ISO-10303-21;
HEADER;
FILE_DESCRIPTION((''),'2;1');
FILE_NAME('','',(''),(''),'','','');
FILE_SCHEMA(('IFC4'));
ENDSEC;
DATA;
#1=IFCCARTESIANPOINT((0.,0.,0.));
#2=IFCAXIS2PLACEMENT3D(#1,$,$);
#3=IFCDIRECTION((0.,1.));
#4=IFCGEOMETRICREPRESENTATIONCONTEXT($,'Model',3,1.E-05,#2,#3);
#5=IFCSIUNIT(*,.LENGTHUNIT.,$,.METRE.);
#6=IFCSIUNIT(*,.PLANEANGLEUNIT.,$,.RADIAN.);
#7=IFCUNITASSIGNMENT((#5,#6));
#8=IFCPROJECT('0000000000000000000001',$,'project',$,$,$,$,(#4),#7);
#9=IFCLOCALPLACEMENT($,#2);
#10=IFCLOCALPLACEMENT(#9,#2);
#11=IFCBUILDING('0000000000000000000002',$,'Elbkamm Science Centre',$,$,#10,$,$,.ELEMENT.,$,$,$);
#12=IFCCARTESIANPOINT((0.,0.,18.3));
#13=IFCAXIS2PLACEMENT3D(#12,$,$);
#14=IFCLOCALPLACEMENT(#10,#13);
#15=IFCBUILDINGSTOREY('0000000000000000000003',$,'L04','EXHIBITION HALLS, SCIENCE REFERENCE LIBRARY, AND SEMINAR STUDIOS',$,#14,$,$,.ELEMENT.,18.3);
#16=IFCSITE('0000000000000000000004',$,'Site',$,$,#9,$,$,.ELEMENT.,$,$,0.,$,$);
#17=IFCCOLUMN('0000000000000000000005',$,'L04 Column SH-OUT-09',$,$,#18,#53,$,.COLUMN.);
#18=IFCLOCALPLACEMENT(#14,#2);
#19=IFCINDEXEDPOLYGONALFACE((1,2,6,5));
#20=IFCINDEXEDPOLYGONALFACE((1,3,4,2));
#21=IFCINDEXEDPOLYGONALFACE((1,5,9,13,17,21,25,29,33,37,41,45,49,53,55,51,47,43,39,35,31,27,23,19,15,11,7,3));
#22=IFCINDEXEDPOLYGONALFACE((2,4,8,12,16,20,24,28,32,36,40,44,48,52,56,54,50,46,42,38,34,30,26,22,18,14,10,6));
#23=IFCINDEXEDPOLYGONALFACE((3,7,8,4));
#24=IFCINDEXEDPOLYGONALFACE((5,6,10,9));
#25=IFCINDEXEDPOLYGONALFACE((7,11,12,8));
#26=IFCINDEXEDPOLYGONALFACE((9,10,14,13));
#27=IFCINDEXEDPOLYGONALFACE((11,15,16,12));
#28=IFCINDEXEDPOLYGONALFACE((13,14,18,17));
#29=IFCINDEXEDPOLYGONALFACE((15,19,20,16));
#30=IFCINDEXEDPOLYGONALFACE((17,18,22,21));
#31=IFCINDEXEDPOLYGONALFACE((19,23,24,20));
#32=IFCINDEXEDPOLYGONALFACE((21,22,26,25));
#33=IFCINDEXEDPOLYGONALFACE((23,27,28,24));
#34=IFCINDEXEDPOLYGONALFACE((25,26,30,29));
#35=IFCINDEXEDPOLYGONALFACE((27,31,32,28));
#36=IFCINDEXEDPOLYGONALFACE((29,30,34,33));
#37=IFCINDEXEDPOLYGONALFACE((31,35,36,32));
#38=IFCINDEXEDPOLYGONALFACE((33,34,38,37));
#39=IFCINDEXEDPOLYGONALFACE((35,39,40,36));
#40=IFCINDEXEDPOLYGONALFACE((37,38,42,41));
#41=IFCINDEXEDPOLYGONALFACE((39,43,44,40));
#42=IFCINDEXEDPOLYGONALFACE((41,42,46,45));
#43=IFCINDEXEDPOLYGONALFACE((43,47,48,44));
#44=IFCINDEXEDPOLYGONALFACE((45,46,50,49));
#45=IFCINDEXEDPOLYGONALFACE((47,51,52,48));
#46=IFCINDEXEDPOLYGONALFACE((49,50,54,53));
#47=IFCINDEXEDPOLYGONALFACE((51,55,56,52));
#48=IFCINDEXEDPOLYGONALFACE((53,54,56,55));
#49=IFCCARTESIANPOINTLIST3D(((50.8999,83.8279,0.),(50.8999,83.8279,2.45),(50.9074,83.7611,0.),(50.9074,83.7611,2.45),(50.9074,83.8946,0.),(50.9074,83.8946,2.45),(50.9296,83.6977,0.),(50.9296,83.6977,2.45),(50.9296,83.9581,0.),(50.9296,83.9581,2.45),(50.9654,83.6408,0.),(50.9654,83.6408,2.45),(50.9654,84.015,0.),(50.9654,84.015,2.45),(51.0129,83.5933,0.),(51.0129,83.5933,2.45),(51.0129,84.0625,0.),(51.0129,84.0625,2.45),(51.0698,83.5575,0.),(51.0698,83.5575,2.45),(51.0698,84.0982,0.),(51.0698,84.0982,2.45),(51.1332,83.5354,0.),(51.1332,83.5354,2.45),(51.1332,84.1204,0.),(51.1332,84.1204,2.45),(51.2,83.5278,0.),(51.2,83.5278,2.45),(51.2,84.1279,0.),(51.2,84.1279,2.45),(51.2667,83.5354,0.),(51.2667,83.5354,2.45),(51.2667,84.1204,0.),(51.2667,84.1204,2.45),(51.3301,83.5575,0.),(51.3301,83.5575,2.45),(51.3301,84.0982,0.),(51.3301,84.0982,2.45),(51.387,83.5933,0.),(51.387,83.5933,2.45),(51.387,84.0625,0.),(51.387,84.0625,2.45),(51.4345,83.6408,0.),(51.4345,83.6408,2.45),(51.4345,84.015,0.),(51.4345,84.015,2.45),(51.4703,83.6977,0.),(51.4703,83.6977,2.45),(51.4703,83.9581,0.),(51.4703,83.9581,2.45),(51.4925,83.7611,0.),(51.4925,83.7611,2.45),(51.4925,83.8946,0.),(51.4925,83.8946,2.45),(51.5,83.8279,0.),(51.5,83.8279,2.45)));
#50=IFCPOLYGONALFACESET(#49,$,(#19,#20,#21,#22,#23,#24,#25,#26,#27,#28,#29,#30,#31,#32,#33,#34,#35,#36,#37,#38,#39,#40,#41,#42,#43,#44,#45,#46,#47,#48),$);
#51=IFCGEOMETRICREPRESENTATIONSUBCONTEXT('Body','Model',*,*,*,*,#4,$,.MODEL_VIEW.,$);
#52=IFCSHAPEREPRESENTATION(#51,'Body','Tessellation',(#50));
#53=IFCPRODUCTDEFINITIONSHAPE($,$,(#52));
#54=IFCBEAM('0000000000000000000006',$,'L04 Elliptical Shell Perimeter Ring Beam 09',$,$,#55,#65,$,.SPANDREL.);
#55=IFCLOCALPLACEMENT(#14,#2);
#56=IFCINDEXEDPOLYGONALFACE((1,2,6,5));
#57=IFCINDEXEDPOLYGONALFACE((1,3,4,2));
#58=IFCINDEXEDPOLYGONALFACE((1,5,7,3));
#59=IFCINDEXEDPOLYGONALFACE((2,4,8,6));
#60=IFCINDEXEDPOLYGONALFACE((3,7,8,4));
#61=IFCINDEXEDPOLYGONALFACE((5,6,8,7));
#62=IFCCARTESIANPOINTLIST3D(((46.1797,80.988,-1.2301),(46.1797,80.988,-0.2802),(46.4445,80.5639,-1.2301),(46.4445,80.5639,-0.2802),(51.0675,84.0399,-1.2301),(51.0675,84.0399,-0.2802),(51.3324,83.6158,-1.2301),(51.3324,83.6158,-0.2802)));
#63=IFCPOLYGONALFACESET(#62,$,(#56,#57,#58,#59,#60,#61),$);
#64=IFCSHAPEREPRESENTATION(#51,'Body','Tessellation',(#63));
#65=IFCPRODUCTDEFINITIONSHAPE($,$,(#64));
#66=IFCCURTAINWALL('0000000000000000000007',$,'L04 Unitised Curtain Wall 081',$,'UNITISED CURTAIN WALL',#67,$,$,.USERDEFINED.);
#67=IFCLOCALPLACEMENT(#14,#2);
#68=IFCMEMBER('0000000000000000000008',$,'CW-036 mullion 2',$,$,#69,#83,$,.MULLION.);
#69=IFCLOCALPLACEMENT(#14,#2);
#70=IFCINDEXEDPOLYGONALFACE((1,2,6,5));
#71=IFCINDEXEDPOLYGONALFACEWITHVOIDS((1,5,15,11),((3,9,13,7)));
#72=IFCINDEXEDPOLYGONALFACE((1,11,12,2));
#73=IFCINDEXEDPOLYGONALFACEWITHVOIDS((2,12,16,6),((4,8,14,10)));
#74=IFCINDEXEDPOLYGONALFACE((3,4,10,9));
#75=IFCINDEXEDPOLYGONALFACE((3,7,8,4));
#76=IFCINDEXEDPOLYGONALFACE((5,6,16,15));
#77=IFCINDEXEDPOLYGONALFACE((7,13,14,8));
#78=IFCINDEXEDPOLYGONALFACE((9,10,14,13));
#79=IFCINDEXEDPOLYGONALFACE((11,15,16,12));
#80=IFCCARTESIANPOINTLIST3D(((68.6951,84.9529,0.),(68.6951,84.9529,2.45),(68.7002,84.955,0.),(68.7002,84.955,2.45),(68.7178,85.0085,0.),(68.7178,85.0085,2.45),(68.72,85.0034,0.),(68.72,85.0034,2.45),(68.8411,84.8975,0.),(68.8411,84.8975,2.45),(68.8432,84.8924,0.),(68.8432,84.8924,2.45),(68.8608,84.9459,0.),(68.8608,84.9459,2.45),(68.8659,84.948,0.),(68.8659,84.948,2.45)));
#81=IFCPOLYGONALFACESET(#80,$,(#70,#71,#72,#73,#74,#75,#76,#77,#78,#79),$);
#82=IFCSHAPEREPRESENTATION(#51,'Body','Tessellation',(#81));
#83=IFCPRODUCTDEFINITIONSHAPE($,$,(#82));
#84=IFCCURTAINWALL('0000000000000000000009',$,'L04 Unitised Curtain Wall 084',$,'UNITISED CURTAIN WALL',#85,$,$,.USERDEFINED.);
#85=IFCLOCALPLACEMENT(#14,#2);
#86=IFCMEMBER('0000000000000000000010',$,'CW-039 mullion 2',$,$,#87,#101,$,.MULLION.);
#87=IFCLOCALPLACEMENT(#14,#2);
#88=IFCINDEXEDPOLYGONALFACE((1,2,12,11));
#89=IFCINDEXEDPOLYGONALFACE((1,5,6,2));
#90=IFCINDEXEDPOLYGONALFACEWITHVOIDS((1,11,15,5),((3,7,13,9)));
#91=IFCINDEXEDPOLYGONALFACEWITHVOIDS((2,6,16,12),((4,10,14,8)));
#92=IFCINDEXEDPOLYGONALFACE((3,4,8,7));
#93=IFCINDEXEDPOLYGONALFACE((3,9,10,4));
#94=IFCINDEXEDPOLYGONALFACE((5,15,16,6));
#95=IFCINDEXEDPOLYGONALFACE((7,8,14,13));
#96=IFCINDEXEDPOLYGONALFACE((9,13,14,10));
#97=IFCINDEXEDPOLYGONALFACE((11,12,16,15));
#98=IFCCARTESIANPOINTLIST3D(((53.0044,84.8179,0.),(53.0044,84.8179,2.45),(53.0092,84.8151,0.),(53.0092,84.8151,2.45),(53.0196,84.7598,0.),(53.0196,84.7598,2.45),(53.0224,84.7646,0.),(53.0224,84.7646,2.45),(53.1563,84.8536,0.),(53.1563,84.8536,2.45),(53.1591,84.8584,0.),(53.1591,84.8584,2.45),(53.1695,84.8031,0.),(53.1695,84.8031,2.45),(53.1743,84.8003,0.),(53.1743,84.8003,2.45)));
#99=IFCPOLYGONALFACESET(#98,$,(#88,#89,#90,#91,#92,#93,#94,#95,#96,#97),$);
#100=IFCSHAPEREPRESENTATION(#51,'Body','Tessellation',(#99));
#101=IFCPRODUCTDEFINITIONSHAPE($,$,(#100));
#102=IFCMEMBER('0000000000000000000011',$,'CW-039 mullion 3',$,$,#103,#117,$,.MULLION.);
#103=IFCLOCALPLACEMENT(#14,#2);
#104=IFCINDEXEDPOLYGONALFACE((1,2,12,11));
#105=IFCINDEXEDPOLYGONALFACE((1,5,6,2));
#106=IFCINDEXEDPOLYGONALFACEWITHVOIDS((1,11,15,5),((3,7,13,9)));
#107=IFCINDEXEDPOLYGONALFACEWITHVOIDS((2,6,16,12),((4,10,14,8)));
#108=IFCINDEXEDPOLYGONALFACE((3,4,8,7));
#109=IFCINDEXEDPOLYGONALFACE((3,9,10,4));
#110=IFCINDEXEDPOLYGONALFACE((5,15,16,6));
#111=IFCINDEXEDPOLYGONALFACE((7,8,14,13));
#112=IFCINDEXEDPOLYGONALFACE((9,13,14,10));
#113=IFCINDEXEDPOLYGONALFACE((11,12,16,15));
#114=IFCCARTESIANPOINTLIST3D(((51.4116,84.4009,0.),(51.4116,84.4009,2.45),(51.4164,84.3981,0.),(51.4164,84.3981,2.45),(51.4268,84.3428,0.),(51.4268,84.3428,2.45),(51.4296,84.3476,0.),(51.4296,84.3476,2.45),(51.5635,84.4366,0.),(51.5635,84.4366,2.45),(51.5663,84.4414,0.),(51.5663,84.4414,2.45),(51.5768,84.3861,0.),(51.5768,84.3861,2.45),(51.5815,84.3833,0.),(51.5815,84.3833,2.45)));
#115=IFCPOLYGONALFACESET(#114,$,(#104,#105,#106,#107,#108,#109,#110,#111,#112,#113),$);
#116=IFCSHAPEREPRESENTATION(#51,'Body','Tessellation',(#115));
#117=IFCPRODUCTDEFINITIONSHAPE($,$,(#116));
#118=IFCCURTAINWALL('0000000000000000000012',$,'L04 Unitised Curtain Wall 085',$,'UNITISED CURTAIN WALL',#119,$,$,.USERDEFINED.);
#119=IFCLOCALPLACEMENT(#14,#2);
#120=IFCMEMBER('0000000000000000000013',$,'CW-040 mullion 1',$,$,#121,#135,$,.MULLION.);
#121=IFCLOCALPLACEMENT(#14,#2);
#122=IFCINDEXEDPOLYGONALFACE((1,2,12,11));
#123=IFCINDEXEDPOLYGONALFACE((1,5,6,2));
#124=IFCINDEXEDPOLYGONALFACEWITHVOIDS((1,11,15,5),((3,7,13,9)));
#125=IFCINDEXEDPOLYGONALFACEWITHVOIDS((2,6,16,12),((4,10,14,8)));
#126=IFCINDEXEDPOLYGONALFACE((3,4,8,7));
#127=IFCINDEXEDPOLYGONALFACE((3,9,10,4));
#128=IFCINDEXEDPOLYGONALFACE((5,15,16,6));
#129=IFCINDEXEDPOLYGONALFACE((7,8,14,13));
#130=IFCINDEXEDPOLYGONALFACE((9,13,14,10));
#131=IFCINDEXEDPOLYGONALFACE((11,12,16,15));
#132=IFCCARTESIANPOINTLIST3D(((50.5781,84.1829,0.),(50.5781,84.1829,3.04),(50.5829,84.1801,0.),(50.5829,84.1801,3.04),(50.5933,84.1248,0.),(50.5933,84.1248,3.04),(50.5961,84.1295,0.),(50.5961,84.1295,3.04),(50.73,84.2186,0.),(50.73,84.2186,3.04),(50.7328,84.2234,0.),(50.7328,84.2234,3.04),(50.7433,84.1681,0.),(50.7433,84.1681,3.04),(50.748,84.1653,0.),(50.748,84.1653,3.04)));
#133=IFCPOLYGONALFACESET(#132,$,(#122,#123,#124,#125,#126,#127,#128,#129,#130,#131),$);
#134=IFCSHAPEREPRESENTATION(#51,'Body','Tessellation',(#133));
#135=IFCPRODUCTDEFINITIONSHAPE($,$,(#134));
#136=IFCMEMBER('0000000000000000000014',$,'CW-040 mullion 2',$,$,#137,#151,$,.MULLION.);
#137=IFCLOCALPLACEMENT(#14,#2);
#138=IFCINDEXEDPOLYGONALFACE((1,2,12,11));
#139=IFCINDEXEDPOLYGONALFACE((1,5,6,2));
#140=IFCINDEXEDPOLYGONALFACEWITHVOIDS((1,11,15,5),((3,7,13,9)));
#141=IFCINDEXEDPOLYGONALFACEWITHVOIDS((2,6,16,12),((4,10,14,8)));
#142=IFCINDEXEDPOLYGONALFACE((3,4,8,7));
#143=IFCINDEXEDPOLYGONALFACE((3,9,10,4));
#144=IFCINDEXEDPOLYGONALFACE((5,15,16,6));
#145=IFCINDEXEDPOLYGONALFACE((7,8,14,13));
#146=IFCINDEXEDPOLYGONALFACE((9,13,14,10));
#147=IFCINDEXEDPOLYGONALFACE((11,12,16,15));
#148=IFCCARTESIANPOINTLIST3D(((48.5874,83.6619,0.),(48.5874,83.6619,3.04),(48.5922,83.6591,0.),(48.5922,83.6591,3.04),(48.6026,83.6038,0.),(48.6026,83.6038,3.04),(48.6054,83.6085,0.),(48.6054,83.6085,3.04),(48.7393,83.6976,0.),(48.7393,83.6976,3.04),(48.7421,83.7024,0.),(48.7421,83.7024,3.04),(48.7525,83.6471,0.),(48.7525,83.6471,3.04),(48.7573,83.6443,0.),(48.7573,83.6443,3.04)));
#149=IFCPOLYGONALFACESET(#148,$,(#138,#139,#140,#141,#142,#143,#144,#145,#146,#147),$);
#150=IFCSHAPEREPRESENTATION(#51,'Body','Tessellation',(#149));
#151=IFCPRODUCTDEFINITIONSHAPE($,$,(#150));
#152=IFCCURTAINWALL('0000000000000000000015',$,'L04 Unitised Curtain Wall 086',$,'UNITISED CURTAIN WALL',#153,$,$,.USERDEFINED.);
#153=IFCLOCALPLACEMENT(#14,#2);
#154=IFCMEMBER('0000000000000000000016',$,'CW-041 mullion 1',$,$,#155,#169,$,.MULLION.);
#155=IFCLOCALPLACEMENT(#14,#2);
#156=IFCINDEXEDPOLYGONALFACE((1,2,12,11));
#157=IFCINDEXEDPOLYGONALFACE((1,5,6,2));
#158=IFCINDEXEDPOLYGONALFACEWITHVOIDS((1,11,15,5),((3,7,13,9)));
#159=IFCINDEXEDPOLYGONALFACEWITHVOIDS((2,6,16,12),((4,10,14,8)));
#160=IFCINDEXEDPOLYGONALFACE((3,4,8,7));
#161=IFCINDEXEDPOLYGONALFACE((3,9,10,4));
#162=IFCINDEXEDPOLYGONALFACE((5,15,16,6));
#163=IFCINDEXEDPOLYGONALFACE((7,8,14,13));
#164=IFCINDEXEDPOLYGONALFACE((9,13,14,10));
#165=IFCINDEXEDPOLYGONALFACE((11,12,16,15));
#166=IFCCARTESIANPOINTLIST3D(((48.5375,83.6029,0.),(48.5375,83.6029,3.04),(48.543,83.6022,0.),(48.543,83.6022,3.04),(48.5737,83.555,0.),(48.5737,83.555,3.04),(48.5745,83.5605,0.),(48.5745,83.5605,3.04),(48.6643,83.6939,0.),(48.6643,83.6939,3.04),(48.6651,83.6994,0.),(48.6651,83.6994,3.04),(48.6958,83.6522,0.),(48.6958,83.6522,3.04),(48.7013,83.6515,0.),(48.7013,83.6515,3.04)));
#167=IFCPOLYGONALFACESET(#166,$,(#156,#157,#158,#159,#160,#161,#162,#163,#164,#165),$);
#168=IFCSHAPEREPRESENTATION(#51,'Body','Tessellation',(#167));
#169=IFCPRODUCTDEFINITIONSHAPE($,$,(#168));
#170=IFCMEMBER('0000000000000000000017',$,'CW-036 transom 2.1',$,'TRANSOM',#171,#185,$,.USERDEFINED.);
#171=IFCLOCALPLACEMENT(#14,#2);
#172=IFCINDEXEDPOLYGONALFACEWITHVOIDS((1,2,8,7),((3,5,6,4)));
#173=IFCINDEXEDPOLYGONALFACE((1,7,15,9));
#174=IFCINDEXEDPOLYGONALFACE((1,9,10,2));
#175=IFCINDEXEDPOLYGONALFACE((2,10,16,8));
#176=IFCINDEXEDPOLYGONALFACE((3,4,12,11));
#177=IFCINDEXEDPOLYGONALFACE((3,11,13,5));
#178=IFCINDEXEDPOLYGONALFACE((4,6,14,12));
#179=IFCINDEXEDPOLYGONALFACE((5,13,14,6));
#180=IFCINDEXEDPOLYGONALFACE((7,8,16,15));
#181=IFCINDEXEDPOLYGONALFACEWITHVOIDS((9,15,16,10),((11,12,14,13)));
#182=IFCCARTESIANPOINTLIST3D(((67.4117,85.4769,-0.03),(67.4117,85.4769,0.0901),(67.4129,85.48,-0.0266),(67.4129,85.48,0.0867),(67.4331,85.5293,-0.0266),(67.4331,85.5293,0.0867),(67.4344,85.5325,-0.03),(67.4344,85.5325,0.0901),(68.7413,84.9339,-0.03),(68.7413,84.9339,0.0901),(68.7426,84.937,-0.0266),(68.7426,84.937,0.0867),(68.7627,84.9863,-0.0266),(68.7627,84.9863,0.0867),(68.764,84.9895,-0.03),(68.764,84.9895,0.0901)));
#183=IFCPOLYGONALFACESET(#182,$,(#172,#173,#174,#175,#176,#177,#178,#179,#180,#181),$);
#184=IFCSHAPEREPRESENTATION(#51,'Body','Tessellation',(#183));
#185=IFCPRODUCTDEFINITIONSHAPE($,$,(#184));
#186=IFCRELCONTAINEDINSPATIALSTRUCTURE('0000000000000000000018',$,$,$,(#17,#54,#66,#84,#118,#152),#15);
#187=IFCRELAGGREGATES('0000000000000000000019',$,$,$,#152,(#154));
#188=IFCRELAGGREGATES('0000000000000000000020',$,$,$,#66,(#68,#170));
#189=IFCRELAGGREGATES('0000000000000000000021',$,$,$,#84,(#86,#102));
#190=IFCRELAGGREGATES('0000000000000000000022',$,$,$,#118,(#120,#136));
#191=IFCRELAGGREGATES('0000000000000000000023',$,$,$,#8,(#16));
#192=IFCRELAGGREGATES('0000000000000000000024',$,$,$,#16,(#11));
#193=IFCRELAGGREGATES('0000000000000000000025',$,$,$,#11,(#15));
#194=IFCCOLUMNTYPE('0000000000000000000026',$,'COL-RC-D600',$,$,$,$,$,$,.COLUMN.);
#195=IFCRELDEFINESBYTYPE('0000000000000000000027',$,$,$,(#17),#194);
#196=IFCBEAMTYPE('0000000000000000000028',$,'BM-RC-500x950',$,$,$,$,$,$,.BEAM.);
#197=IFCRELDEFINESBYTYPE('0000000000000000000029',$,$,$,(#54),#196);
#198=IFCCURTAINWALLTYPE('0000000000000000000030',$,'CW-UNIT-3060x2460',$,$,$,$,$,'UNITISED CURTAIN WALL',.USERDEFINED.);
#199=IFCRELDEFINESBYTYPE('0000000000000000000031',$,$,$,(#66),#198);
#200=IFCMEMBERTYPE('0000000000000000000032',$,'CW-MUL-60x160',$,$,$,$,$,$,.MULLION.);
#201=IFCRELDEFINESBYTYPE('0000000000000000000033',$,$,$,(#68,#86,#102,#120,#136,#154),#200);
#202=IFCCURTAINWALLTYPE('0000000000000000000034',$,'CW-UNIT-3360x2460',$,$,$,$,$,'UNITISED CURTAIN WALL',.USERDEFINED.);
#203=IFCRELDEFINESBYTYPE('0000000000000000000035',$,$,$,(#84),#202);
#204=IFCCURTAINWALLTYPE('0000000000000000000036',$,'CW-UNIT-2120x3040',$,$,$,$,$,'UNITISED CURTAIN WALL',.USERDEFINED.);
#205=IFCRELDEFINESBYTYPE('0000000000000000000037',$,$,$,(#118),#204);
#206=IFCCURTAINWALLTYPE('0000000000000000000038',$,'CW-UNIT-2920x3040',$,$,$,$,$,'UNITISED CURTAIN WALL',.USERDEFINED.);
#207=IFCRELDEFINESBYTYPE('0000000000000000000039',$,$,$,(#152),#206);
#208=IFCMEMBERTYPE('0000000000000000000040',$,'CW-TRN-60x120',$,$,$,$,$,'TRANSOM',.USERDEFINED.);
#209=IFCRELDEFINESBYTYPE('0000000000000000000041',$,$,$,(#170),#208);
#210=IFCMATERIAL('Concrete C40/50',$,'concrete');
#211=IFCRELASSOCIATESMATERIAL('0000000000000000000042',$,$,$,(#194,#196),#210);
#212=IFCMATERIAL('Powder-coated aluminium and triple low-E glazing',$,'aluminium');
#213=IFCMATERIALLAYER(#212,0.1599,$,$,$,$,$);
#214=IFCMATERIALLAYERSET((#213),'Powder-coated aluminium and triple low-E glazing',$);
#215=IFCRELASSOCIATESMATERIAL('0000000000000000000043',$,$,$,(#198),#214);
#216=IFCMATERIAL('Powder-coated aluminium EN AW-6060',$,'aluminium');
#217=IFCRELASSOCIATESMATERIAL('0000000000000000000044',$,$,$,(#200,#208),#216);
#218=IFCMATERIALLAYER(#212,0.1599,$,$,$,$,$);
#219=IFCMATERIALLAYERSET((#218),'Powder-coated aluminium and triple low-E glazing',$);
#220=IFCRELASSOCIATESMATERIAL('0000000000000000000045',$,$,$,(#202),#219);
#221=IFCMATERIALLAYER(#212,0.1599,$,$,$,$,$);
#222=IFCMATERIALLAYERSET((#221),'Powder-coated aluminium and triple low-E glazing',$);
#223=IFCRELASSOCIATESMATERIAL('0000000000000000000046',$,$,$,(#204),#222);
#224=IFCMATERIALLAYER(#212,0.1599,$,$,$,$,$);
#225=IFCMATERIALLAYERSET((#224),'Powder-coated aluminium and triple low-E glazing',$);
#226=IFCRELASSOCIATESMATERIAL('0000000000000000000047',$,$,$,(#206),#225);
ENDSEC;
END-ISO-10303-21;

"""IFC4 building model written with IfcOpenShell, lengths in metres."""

from ifc_helpers import new_model, si_unit, direction, frame, origin, origin_2d, place, context, subcontext, project, spatial, rectangle, hollow_rectangle, circle, extrude, material, layer, layer_set, material_profile, profile_set, type_object, element, aggregate, save


model = new_model("IFC4")

# Units and contexts
model_context = context("Model", 3, precision=1e-05, world=origin(), true_north=direction((0.0, 1.0)))
body_context = subcontext(model_context, "Body", "Model", "MODEL_VIEW")
ifc_project = project(units=[si_unit("LENGTHUNIT", "METRE"), si_unit("PLANEANGLEUNIT", "RADIAN")], contexts=[model_context])

# Site, building, storey
site_placement = place(None, origin())
site = spatial("IfcSite", under=ifc_project, at=site_placement, Name="Site", CompositionType="ELEMENT", RefElevation=0.0)
building_placement = place(site_placement, origin())
building = spatial("IfcBuilding", under=site, at=building_placement, Name="Elbkamm Science Centre", CompositionType="ELEMENT")
storey_placement = place(building_placement, frame((0.0, 0.0, 18.3)))
storey = spatial("IfcBuildingStorey", under=building, at=storey_placement, Name="L04", Description="EXHIBITION HALLS, SCIENCE REFERENCE LIBRARY, AND SEMINAR STUDIOS", CompositionType="ELEMENT", Elevation=18.3)

# Column
ifc_material_1 = material(Name="Concrete C40/50", Category="concrete")
ifc_material_profile_1 = material_profile(ifc_material_1, circle(Radius=0.3, at=origin_2d()), Name="RC D600")
ifc_profile_set_1 = profile_set([ifc_material_profile_1], Name="Concrete C40/50")
column_type = type_object("IfcColumnType", Name="COL-RC-D600", PredefinedType="COLUMN", material=ifc_profile_set_1)
column_placement = place(storey_placement, frame((51.2, 83.8279, 0.0), z_axis=(0.0, 0.0, 1.0), x_axis=(1.0, 0.0, 0.0)))
element("IfcColumn", 1, at=column_placement, inside=storey, type_object=column_type, Name="L04 Column SH-OUT-09", PredefinedType="COLUMN", context=body_context, shape_type="SweptSolid", body=[
    extrude(circle(Radius=0.3, at=origin_2d()), origin(), (0.0, 0.0, 1.0), 2.45),
])

# Beam
ifc_material_profile_2 = material_profile(ifc_material_1, rectangle(XDim=0.5, YDim=0.95, at=origin_2d()), Name="RC 500x950")
ifc_profile_set_2 = profile_set([ifc_material_profile_2], Name="Concrete C40/50")
beam_type = type_object("IfcBeamType", Name="BM-RC-500x950", PredefinedType="BEAM", material=ifc_profile_set_2)
beam_placement = place(storey_placement, frame((51.2, 83.8279, -0.7551), z_axis=(-0.848229, -0.529629, 0.0), x_axis=(0.529629, -0.848229, 0.0)))
element("IfcBeam", 2, at=beam_placement, inside=storey, type_object=beam_type, Name="L04 Elliptical Shell Perimeter Ring Beam 09", PredefinedType="SPANDREL", context=body_context, shape_type="SweptSolid", body=[
    extrude(rectangle(XDim=0.5, YDim=0.95, at=origin_2d()), origin(), (0.0, 0.0, 1.0), 5.7625),
])

# Curtain wall, member
ifc_material_2 = material(Name="Powder-coated aluminium and triple low-E glazing", Category="aluminium")
ifc_layer_1 = layer(ifc_material_2, 0.1599)
ifc_layer_set_1 = layer_set([ifc_layer_1], Name="Powder-coated aluminium and triple low-E glazing")
curtain_wall_type_1 = type_object("IfcCurtainWallType", Name="CW-UNIT-3060x2460", ElementType="UNITISED CURTAIN WALL", PredefinedType="USERDEFINED", material=ifc_layer_set_1)
curtain_wall_1_placement = place(storey_placement, origin())
curtain_wall_1 = element("IfcCurtainWall", 3, at=curtain_wall_1_placement, inside=storey, type_object=curtain_wall_type_1, Name="L04 Unitised Curtain Wall 081", ObjectType="UNITISED CURTAIN WALL", PredefinedType="USERDEFINED")
ifc_material_3 = material(Name="Powder-coated aluminium EN AW-6060", Category="aluminium")
ifc_material_profile_3 = material_profile(ifc_material_3, hollow_rectangle(XDim=0.0601, YDim=0.1599, WallThickness=0.0039, at=origin_2d()), Name="ALU M60x160")
ifc_profile_set_3 = profile_set([ifc_material_profile_3], Name="Powder-coated aluminium EN AW-6060")
member_type_1 = type_object("IfcMemberType", Name="CW-MUL-60x160", PredefinedType="MULLION", material=ifc_profile_set_3)
member_1_placement = place(storey_placement, frame((68.7805, 84.9504, 0.0), z_axis=(0.0, 0.0, 1.0), x_axis=(-0.378001, -0.925805, 0.0)))
member_1 = element("IfcMember", 4, at=member_1_placement, type_object=member_type_1, Name="CW-036 mullion 2", PredefinedType="MULLION", context=body_context, shape_type="SweptSolid", body=[
    extrude(hollow_rectangle(XDim=0.0601, YDim=0.1599, WallThickness=0.0039, at=origin_2d()), origin(), (0.0, 0.0, 1.0), 2.45),
])

# Curtain walls, members
ifc_layer_2 = layer(ifc_material_2, 0.1599)
ifc_layer_set_2 = layer_set([ifc_layer_2], Name="Powder-coated aluminium and triple low-E glazing")
curtain_wall_type_2 = type_object("IfcCurtainWallType", Name="CW-UNIT-3360x2460", ElementType="UNITISED CURTAIN WALL", PredefinedType="USERDEFINED", material=ifc_layer_set_2)
curtain_wall_2_placement = place(storey_placement, origin())
curtain_wall_2 = element("IfcCurtainWall", 5, at=curtain_wall_2_placement, inside=storey, type_object=curtain_wall_type_2, Name="L04 Unitised Curtain Wall 084", ObjectType="UNITISED CURTAIN WALL", PredefinedType="USERDEFINED")
member_2_placement = place(storey_placement, frame((53.0894, 84.8091, 0.0), z_axis=(0.0, 0.0, 1.0), x_axis=(0.253216, -0.96741, 0.0)))
member_2 = element("IfcMember", 6, at=member_2_placement, type_object=member_type_1, Name="CW-039 mullion 2", PredefinedType="MULLION", context=body_context, shape_type="SweptSolid", body=[
    extrude(hollow_rectangle(XDim=0.0601, YDim=0.1599, WallThickness=0.0039, at=origin_2d()), origin(), (0.0, 0.0, 1.0), 2.45),
])
member_3_placement = place(storey_placement, frame((51.4966, 84.3921, 0.0), z_axis=(0.0, 0.0, 1.0), x_axis=(0.253216, -0.96741, 0.0)))
member_3 = element("IfcMember", 7, at=member_3_placement, type_object=member_type_1, Name="CW-039 mullion 3", PredefinedType="MULLION", context=body_context, shape_type="SweptSolid", body=[
    extrude(hollow_rectangle(XDim=0.0601, YDim=0.1599, WallThickness=0.0039, at=origin_2d()), origin(), (0.0, 0.0, 1.0), 2.45),
])
ifc_layer_3 = layer(ifc_material_2, 0.1599)
ifc_layer_set_3 = layer_set([ifc_layer_3], Name="Powder-coated aluminium and triple low-E glazing")
curtain_wall_type_3 = type_object("IfcCurtainWallType", Name="CW-UNIT-2120x3040", ElementType="UNITISED CURTAIN WALL", PredefinedType="USERDEFINED", material=ifc_layer_set_3)
curtain_wall_3_placement = place(storey_placement, origin())
curtain_wall_3 = element("IfcCurtainWall", 8, at=curtain_wall_3_placement, inside=storey, type_object=curtain_wall_type_3, Name="L04 Unitised Curtain Wall 085", ObjectType="UNITISED CURTAIN WALL", PredefinedType="USERDEFINED")
member_4_placement = place(storey_placement, frame((50.6631, 84.1741, 0.0), z_axis=(0.0, 0.0, 1.0), x_axis=(0.25321, -0.967411, 0.0)))
member_4 = element("IfcMember", 9, at=member_4_placement, type_object=member_type_1, Name="CW-040 mullion 1", PredefinedType="MULLION", context=body_context, shape_type="SweptSolid", body=[
    extrude(hollow_rectangle(XDim=0.0601, YDim=0.1599, WallThickness=0.0039, at=origin_2d()), origin(), (0.0, 0.0, 1.0), 3.04),
])
member_5_placement = place(storey_placement, frame((48.6724, 83.6531, 0.0), z_axis=(0.0, 0.0, 1.0), x_axis=(0.25321, -0.967411, 0.0)))
member_5 = element("IfcMember", 10, at=member_5_placement, type_object=member_type_1, Name="CW-040 mullion 2", PredefinedType="MULLION", context=body_context, shape_type="SweptSolid", body=[
    extrude(hollow_rectangle(XDim=0.0601, YDim=0.1599, WallThickness=0.0039, at=origin_2d()), origin(), (0.0, 0.0, 1.0), 3.04),
])

# Curtain wall, member
ifc_layer_4 = layer(ifc_material_2, 0.1599)
ifc_layer_set_4 = layer_set([ifc_layer_4], Name="Powder-coated aluminium and triple low-E glazing")
curtain_wall_type_4 = type_object("IfcCurtainWallType", Name="CW-UNIT-2920x3040", ElementType="UNITISED CURTAIN WALL", PredefinedType="USERDEFINED", material=ifc_layer_set_4)
curtain_wall_4_placement = place(storey_placement, origin())
curtain_wall_4 = element("IfcCurtainWall", 11, at=curtain_wall_4_placement, inside=storey, type_object=curtain_wall_type_4, Name="L04 Unitised Curtain Wall 086", ObjectType="UNITISED CURTAIN WALL", PredefinedType="USERDEFINED")
member_6_placement = place(storey_placement, frame((48.6194, 83.6272, 0.0), z_axis=(0.0, 0.0, 1.0), x_axis=(0.602997, -0.797744, 0.0)))
member_6 = element("IfcMember", 12, at=member_6_placement, type_object=member_type_1, Name="CW-041 mullion 1", PredefinedType="MULLION", context=body_context, shape_type="SweptSolid", body=[
    extrude(hollow_rectangle(XDim=0.0601, YDim=0.1599, WallThickness=0.0039, at=origin_2d()), origin(), (0.0, 0.0, 1.0), 3.04),
])

# Member
ifc_material_profile_4 = material_profile(ifc_material_3, hollow_rectangle(XDim=0.0601, YDim=0.1201, WallThickness=0.0034, at=origin_2d()), Name="ALU T60x120")
ifc_profile_set_4 = profile_set([ifc_material_profile_4], Name="Powder-coated aluminium EN AW-6060")
member_type_2 = type_object("IfcMemberType", Name="CW-TRN-60x120", ElementType="TRANSOM", PredefinedType="USERDEFINED", material=ifc_profile_set_4)
member_7_placement = place(storey_placement, frame((68.7527, 84.9617, 0.03), z_axis=(-0.92578, 0.378064, 0.0), x_axis=(-0.378064, -0.92578, 0.0)))
member_7 = element("IfcMember", 13, at=member_7_placement, type_object=member_type_2, Name="CW-036 transom 2.1", ObjectType="TRANSOM", PredefinedType="USERDEFINED", context=body_context, shape_type="SweptSolid", body=[
    extrude(hollow_rectangle(XDim=0.0601, YDim=0.1201, WallThickness=0.0034, at=origin_2d()), origin(), (0.0, 0.0, 1.0), 1.4363),
])
aggregate(curtain_wall_4, [member_6])

aggregate(curtain_wall_1, [member_1, member_7])
aggregate(curtain_wall_2, [member_2, member_3])
aggregate(curtain_wall_3, [member_4, member_5])

save(model, "model.ifc")
